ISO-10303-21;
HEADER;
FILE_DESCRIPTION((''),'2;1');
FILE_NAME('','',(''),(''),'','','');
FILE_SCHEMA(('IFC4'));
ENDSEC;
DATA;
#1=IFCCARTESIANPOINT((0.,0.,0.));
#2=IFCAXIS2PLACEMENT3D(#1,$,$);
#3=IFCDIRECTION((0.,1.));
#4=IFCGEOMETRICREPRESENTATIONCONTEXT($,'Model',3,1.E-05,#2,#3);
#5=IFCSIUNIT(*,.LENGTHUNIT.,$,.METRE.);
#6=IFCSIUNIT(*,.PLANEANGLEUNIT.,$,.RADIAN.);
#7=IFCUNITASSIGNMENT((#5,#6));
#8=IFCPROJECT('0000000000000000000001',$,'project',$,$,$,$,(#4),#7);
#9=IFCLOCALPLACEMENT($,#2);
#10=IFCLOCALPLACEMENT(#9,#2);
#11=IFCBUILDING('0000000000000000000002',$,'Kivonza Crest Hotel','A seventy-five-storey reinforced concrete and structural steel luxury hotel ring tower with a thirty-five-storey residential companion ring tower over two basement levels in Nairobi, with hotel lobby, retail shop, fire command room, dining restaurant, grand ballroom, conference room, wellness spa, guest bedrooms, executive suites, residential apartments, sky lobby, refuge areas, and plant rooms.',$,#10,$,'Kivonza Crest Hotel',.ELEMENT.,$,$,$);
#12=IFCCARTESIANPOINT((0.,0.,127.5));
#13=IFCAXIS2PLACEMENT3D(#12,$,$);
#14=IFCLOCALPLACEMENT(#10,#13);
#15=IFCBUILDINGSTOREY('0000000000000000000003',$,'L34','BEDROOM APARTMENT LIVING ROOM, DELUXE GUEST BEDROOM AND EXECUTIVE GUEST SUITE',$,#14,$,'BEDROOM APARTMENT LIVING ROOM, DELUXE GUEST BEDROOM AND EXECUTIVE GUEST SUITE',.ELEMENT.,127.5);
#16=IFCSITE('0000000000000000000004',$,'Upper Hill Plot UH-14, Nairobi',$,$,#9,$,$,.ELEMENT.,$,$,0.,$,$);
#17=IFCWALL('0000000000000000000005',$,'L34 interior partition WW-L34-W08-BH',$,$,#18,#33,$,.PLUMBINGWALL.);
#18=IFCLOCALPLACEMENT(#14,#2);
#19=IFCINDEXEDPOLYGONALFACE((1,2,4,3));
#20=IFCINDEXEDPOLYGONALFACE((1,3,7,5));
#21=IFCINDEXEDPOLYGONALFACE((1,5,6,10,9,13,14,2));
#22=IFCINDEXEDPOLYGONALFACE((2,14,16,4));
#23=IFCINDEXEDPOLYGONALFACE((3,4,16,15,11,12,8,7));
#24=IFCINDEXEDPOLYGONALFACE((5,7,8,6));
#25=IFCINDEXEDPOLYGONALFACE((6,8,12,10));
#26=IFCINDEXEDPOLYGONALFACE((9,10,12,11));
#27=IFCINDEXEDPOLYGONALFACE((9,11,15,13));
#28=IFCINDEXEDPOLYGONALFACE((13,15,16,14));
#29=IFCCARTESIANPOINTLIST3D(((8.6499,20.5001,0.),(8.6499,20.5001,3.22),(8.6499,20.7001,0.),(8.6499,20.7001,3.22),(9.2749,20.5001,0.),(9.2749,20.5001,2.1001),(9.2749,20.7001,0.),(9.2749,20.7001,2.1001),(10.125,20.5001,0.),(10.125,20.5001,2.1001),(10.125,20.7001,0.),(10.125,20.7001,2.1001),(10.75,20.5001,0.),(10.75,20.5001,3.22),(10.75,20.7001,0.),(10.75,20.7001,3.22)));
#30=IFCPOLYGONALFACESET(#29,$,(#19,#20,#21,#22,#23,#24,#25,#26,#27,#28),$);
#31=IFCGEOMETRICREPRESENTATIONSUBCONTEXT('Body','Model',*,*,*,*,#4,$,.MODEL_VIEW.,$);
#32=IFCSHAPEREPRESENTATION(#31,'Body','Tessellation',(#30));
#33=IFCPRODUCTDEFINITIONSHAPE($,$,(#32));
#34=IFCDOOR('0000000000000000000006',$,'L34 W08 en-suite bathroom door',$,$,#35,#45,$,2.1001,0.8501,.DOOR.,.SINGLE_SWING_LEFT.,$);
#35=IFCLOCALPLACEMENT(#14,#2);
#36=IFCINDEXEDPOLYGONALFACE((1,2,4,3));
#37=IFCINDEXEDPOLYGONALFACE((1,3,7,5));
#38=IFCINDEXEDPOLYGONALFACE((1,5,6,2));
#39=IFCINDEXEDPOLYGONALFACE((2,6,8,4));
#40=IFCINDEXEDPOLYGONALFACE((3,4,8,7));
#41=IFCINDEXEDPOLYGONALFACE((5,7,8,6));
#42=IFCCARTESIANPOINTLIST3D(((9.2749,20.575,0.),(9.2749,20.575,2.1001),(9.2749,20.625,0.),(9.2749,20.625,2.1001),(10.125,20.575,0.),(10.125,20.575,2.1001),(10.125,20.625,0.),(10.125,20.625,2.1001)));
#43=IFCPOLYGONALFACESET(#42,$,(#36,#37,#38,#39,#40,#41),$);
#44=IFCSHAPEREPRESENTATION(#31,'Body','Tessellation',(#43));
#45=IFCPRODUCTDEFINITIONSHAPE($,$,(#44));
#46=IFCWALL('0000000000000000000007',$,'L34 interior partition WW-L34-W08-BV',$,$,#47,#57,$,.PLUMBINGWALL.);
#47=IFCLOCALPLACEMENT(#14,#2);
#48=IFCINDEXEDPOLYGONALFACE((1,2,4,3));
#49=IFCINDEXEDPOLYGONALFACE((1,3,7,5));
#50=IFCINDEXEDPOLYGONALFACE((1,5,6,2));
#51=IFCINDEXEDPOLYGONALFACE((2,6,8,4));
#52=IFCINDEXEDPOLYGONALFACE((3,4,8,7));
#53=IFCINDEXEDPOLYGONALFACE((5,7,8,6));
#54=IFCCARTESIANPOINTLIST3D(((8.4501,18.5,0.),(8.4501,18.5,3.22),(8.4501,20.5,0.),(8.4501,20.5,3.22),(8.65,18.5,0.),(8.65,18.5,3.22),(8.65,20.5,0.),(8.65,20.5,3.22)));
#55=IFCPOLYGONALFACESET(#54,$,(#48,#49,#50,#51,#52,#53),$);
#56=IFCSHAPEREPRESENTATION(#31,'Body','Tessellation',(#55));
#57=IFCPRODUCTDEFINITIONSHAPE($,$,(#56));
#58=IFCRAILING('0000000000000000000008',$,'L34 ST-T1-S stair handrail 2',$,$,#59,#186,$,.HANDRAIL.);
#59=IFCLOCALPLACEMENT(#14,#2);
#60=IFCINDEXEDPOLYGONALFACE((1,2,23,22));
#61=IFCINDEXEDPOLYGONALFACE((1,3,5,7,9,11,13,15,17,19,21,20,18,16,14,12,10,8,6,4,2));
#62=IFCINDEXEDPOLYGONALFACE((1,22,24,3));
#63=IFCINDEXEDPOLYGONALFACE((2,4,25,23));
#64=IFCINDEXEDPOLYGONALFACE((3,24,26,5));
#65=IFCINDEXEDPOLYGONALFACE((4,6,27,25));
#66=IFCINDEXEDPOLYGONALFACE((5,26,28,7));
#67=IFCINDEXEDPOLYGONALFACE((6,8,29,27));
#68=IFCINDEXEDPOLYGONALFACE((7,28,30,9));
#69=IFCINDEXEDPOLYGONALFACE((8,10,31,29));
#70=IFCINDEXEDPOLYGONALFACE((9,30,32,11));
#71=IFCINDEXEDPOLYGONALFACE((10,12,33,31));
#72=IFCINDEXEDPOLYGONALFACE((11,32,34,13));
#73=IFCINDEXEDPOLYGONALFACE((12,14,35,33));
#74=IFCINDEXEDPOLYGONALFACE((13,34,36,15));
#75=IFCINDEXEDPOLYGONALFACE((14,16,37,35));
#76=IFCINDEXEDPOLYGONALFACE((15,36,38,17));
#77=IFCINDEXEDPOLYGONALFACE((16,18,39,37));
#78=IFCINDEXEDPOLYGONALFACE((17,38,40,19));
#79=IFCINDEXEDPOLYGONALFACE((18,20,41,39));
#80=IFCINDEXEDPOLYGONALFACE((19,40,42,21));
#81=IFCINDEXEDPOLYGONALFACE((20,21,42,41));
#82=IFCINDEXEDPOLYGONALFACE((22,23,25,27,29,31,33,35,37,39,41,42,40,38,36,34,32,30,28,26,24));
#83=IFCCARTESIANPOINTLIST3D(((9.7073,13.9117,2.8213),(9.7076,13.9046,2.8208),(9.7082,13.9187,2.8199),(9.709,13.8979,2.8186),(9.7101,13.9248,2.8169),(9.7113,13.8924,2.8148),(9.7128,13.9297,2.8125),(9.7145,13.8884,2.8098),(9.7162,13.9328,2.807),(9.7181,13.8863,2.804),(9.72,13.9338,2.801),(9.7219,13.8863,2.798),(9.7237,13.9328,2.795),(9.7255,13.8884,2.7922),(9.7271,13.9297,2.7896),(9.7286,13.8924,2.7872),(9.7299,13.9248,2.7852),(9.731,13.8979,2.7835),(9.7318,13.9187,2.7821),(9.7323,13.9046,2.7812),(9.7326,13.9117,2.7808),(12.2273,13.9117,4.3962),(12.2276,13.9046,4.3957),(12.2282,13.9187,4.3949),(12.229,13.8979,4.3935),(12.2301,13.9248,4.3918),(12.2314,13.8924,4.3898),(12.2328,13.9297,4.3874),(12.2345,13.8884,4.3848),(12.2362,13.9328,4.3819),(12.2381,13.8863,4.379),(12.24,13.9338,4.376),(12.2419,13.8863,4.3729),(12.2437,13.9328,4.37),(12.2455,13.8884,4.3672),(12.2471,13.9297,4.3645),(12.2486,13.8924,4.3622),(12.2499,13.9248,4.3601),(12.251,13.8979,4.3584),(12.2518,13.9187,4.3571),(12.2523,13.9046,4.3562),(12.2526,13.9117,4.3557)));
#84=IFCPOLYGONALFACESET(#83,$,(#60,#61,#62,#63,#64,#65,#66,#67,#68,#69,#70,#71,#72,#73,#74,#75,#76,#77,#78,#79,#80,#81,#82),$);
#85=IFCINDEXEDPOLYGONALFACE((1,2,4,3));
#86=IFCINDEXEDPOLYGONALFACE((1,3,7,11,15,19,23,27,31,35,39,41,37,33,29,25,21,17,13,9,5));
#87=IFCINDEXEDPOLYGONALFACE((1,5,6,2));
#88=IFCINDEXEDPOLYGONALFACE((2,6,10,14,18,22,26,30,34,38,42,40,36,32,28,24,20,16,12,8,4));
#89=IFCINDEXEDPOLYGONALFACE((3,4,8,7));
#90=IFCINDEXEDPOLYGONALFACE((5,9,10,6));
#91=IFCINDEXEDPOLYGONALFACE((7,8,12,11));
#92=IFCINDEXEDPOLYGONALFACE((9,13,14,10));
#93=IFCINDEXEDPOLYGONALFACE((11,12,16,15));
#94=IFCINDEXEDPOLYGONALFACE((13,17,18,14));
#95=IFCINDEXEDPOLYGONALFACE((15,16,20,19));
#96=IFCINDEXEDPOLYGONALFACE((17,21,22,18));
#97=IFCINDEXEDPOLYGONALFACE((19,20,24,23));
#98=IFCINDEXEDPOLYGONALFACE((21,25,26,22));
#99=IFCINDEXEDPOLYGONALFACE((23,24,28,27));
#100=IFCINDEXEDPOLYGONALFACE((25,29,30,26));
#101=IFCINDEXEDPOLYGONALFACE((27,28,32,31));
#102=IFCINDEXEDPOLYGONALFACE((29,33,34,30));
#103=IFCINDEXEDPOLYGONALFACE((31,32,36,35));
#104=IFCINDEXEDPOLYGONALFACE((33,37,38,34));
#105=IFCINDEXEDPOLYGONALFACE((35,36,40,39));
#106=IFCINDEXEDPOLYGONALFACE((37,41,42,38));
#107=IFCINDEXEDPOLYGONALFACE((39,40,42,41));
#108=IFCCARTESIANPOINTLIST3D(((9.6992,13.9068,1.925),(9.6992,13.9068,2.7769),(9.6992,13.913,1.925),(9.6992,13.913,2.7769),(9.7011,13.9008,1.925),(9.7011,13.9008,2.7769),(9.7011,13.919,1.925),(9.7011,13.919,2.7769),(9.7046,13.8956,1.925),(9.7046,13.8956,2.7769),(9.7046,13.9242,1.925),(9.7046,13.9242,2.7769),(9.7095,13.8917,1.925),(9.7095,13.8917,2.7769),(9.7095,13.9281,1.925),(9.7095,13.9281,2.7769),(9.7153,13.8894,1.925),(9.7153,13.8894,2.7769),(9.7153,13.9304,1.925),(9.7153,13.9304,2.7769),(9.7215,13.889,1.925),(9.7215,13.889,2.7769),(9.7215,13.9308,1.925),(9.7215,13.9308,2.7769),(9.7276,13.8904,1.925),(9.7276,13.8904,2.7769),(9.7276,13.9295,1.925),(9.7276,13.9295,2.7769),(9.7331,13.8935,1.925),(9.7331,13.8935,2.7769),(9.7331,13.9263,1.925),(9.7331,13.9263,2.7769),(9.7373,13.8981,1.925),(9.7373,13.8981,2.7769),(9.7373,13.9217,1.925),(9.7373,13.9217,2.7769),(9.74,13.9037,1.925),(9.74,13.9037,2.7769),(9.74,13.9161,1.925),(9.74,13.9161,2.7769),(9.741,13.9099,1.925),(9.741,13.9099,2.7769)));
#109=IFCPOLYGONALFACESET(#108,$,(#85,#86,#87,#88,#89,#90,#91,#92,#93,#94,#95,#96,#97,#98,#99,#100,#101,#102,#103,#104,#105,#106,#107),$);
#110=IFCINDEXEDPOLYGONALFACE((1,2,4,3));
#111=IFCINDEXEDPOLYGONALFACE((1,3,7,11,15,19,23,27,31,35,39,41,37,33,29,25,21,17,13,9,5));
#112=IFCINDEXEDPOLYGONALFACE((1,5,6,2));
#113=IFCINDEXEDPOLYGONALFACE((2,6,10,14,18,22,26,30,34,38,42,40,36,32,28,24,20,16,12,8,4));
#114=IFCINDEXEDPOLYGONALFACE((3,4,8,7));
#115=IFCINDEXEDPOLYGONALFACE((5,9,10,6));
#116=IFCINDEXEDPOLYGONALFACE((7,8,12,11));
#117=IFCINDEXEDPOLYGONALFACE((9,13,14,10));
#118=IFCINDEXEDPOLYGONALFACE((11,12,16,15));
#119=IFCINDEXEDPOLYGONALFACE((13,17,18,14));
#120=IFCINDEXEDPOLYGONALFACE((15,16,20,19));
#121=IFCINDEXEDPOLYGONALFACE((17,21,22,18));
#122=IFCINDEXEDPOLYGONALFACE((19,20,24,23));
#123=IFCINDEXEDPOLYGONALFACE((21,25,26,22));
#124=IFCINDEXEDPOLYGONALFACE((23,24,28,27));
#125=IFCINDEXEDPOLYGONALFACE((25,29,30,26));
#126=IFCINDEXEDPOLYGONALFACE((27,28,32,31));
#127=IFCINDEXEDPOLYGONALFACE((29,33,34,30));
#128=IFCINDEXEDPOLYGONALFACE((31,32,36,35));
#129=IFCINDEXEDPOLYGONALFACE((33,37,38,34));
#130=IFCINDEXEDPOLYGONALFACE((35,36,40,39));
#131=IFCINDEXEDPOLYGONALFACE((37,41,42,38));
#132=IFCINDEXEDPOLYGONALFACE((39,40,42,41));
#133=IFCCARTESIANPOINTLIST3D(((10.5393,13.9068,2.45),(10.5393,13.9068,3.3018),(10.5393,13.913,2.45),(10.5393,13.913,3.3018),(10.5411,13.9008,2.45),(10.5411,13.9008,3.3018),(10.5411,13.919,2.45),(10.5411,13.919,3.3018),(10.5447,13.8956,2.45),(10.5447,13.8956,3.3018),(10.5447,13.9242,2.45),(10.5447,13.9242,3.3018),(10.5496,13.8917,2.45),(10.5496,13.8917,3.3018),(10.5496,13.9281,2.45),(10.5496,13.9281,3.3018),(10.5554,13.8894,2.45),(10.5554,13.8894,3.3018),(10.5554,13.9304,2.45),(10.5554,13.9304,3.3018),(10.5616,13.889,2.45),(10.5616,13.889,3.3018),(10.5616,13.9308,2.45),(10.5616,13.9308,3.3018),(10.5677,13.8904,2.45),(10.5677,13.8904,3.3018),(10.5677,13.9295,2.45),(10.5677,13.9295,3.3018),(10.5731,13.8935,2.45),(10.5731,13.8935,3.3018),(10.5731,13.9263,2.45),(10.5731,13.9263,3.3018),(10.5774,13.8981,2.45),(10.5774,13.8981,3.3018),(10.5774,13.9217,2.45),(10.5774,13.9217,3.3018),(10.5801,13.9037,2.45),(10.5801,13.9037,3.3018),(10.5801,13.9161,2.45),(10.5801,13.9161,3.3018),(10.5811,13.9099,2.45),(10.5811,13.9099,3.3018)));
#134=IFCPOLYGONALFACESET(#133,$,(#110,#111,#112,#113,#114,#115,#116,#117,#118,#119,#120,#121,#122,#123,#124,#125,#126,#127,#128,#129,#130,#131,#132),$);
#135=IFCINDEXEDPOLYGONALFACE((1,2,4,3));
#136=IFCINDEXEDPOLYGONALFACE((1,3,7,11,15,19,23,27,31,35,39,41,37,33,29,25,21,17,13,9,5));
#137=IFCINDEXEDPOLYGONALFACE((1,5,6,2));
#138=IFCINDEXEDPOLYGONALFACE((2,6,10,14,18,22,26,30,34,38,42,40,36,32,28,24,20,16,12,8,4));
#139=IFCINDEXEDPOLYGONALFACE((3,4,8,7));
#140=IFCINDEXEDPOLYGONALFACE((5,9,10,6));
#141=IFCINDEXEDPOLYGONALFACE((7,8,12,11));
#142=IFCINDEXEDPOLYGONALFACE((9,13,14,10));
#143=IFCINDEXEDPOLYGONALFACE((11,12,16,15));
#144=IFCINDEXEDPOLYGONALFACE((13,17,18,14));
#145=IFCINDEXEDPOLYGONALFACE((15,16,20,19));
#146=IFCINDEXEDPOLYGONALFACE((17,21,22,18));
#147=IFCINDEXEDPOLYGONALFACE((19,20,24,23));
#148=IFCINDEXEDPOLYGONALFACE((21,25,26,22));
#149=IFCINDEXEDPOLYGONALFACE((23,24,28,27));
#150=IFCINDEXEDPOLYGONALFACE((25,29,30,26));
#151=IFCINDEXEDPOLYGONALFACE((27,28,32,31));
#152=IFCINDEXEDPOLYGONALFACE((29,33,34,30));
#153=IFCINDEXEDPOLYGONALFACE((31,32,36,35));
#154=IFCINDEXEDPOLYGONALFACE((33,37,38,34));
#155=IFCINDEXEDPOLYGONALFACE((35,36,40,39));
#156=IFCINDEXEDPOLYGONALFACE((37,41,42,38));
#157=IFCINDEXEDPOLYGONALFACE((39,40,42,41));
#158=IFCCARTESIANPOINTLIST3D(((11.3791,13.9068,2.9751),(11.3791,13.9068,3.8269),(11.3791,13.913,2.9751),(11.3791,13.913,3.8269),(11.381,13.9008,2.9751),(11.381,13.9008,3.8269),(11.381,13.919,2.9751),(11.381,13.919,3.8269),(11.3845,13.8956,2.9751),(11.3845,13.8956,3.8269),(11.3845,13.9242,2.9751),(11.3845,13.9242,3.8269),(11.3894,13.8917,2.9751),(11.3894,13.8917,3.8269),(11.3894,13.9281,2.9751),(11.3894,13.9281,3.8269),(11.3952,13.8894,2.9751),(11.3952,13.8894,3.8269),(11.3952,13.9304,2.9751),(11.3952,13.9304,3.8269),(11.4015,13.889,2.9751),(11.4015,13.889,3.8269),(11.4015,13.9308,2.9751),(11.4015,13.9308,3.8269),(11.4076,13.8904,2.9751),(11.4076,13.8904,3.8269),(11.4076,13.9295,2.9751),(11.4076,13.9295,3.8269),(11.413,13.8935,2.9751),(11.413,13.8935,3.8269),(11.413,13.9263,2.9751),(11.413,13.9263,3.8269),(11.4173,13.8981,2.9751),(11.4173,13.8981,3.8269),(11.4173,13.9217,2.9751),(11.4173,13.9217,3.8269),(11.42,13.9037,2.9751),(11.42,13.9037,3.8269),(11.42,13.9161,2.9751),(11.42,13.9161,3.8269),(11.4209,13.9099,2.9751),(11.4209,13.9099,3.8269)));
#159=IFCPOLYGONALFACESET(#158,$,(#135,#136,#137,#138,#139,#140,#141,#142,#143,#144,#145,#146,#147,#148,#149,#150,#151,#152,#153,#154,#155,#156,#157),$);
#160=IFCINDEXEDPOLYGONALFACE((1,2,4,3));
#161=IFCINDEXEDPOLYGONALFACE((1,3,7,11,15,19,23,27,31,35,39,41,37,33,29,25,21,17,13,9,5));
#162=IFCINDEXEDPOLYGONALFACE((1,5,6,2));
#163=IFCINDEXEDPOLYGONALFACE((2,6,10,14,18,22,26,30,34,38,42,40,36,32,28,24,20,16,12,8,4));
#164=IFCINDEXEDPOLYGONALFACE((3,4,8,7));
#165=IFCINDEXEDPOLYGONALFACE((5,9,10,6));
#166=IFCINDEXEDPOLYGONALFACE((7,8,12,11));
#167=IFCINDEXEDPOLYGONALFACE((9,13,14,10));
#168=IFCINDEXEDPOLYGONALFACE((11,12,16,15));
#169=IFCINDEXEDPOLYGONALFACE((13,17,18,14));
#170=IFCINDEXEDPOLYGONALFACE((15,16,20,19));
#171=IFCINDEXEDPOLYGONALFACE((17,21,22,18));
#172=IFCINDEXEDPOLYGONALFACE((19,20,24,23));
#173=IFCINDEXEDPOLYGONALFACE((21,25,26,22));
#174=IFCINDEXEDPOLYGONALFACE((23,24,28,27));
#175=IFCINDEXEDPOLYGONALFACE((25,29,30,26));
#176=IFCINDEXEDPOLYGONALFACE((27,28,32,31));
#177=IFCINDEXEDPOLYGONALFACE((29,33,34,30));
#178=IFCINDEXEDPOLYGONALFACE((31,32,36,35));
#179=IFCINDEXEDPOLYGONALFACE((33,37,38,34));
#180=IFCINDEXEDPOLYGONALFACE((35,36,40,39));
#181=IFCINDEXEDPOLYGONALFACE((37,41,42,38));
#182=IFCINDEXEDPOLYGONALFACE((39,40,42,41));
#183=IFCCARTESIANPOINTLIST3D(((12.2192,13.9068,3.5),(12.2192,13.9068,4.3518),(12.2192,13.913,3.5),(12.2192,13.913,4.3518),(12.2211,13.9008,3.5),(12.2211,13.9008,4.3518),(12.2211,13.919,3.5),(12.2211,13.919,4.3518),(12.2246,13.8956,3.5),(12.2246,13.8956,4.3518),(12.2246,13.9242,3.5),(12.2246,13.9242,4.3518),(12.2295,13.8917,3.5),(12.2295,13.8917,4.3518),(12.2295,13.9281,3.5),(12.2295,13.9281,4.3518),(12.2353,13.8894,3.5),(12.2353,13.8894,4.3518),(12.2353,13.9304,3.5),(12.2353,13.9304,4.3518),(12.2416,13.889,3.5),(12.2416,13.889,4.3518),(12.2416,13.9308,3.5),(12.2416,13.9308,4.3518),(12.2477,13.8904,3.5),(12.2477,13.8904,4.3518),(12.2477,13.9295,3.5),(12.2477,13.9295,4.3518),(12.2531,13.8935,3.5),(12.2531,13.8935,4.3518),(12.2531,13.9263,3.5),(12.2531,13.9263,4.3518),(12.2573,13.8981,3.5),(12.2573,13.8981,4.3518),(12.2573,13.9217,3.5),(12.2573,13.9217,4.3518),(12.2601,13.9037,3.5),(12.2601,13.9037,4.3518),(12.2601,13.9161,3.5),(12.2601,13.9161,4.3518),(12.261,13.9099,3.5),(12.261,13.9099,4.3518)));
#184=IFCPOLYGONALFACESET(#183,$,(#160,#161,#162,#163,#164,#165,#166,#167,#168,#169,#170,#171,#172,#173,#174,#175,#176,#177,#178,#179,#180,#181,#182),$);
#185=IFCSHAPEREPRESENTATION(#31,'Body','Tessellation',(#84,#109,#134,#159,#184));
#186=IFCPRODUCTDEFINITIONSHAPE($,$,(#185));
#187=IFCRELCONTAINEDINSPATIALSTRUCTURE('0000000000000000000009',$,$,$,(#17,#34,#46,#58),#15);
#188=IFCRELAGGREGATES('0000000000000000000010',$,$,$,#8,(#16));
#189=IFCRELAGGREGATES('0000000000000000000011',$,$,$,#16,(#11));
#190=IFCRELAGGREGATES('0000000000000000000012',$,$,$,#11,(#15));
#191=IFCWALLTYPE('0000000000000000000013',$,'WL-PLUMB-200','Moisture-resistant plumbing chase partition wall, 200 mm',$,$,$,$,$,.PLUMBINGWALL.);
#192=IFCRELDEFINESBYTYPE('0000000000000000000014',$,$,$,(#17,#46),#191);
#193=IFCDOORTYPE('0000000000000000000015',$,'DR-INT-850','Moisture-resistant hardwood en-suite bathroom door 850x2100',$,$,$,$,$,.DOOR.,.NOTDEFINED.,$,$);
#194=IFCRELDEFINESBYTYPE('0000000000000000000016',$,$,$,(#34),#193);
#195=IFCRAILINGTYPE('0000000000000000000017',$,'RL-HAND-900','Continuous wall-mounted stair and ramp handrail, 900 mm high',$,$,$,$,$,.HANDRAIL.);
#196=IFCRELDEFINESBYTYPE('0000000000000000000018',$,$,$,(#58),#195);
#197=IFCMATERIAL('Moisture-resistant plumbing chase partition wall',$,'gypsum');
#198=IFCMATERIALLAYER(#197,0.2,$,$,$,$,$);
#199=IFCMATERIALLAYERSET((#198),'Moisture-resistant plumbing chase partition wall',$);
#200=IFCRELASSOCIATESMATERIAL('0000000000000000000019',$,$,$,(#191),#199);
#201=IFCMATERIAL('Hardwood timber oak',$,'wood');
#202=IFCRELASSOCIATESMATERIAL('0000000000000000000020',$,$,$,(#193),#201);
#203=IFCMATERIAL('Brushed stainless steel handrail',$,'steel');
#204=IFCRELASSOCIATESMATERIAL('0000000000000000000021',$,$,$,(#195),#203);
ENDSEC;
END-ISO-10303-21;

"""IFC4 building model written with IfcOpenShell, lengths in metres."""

from ifc_helpers import new_model, si_unit, direction, frame, frame_2d, origin, origin_2d, place, context, subcontext, project, spatial, rectangle, circle, extrude, material, layer, layer_set, type_object, element, fill, save


model = new_model("IFC4")

# Units and contexts
model_context = context("Model", 3, precision=1e-05, world=origin(), true_north=direction((0.0, 1.0)))
body_context = subcontext(model_context, "Body", "Model", "MODEL_VIEW")
ifc_project = project(units=[si_unit("LENGTHUNIT", "METRE"), si_unit("PLANEANGLEUNIT", "RADIAN")], contexts=[model_context])

# Site, building, storey
site_placement = place(None, origin())
site = spatial("IfcSite", under=ifc_project, at=site_placement, Name="Upper Hill Plot UH-14, Nairobi", CompositionType="ELEMENT", RefElevation=0.0)
building_placement = place(site_placement, origin())
building = spatial("IfcBuilding", under=site, at=building_placement, Name="Kivonza Crest Hotel", Description="A seventy-five-storey reinforced concrete and structural steel luxury hotel ring tower with a thirty-five-storey residential companion ring tower over two basement levels in Nairobi, with hotel lobby, retail shop, fire command room, dining restaurant, grand ballroom, conference room, wellness spa, guest bedrooms, executive suites, residential apartments, sky lobby, refuge areas, and plant rooms.", LongName="Kivonza Crest Hotel", CompositionType="ELEMENT")
storey_placement = place(building_placement, frame((0.0, 0.0, 127.5)))
storey = spatial("IfcBuildingStorey", under=building, at=storey_placement, Name="L34", Description="BEDROOM APARTMENT LIVING ROOM, DELUXE GUEST BEDROOM AND EXECUTIVE GUEST SUITE", LongName="BEDROOM APARTMENT LIVING ROOM, DELUXE GUEST BEDROOM AND EXECUTIVE GUEST SUITE", CompositionType="ELEMENT", Elevation=127.5)

# Wall, opening, door
ifc_material_1 = material(Name="Moisture-resistant plumbing chase partition wall", Category="gypsum")
ifc_layer_1 = layer(ifc_material_1, 0.2)
ifc_layer_set_1 = layer_set([ifc_layer_1], Name="Moisture-resistant plumbing chase partition wall")
wall_type_1 = type_object("IfcWallType", Name="WL-PLUMB-200", Description="Moisture-resistant plumbing chase partition wall, 200 mm", PredefinedType="PLUMBINGWALL", material=ifc_layer_set_1)
wall_1_placement = place(storey_placement, frame((8.6499, 20.6001, 0.0), z_axis=(0.0, 0.0, 1.0), x_axis=(1.0, 0.0, 0.0)))
wall_1 = element("IfcWall", 1, at=wall_1_placement, inside=storey, type_object=wall_type_1, Name="L34 interior partition WW-L34-W08-BH", PredefinedType="PLUMBINGWALL", context=body_context, shape_type="SweptSolid", body=[
    extrude(rectangle(XDim=2.1001, YDim=0.2, at=frame_2d((1.05, 0.0))), origin(), (0.0, 0.0, 1.0), 3.22),
])
opening_1_placement = place(wall_1_placement, frame((0.625, 0.0, 0.0)))
opening_1 = element("IfcOpeningElement", 2, at=opening_1_placement, cuts=wall_1, PredefinedType="OPENING", context=body_context, shape_type="SweptSolid", body=[
    extrude(rectangle(XDim=0.8501, YDim=2.1001, at=frame_2d((0.425, 1.05))), frame((0.0, 0.1099, 0.0), z_axis=(0.0, -1.0, 0.0), x_axis=(1.0, 0.0, 0.0)), (0.0, 0.0, 1.0), 0.22),
])
ifc_material_2 = material(Name="Hardwood timber oak", Category="wood")
door_type = type_object("IfcDoorType", Name="DR-INT-850", Description="Moisture-resistant hardwood en-suite bathroom door 850x2100", OperationType="NOTDEFINED", PredefinedType="DOOR", material=ifc_material_2)
door_placement = place(opening_1_placement, origin())
door = element("IfcDoor", 3, at=door_placement, inside=storey, type_object=door_type, Name="L34 W08 en-suite bathroom door", OperationType="SINGLE_SWING_LEFT", OverallHeight=2.1001, OverallWidth=0.8501, PredefinedType="DOOR", context=body_context, shape_type="SweptSolid", body=[
    extrude(rectangle(XDim=0.8501, YDim=2.1001, at=frame_2d((0.425, 1.05))), frame((0.0, 0.0249, 0.0), z_axis=(0.0, -1.0, 0.0), x_axis=(1.0, 0.0, 0.0)), (0.0, 0.0, 1.0), 0.05),
])
fill(opening_1, door)

# Wall
wall_2_placement = place(storey_placement, frame((8.55, 18.5, 0.0), z_axis=(0.0, 0.0, 1.0), x_axis=(0.0, 1.0, 0.0)))
element("IfcWall", 4, at=wall_2_placement, inside=storey, type_object=wall_type_1, Name="L34 interior partition WW-L34-W08-BV", PredefinedType="PLUMBINGWALL", context=body_context, shape_type="SweptSolid", body=[
    extrude(rectangle(XDim=2.0, YDim=0.2, at=frame_2d((1.0, 0.0))), origin(), (0.0, 0.0, 1.0), 3.22),
])

# Railing
ifc_material_3 = material(Name="Brushed stainless steel handrail", Category="steel")
railing_type_1 = type_object("IfcRailingType", Name="RL-HAND-900", Description="Continuous wall-mounted stair and ramp handrail, 900 mm high", PredefinedType="HANDRAIL", material=ifc_material_3)
railing_1_placement = place(storey_placement, frame((9.72, 13.9099, 1.925)))
element("IfcRailing", 5, at=railing_1_placement, inside=storey, type_object=railing_type_1, Name="L34 ST-T1-S stair handrail 2", PredefinedType="HANDRAIL", context=body_context, shape_type="SweptSolid", body=[
    extrude(circle(Radius=0.0239, at=origin_2d()), frame((0.0, 0.0, 0.876), z_axis=(0.848008, 0.0, 0.529984), x_axis=(0.0, 1.0, 0.0)), (0.0, 0.0, 1.0), 2.9717),
    extrude(circle(Radius=0.021, at=origin_2d()), origin(), (0.0, 0.0, 1.0), 0.8518),
    extrude(circle(Radius=0.021, at=origin_2d()), frame((0.8401, 0.0, 0.5249)), (0.0, 0.0, 1.0), 0.8518),
    extrude(circle(Radius=0.021, at=origin_2d()), frame((1.6799, 0.0, 1.05)), (0.0, 0.0, 1.0), 0.8518),
    extrude(circle(Radius=0.021, at=origin_2d()), frame((2.52, 0.0, 1.575)), (0.0, 0.0, 1.0), 0.8518),
])

save(model, "model.ifc")
